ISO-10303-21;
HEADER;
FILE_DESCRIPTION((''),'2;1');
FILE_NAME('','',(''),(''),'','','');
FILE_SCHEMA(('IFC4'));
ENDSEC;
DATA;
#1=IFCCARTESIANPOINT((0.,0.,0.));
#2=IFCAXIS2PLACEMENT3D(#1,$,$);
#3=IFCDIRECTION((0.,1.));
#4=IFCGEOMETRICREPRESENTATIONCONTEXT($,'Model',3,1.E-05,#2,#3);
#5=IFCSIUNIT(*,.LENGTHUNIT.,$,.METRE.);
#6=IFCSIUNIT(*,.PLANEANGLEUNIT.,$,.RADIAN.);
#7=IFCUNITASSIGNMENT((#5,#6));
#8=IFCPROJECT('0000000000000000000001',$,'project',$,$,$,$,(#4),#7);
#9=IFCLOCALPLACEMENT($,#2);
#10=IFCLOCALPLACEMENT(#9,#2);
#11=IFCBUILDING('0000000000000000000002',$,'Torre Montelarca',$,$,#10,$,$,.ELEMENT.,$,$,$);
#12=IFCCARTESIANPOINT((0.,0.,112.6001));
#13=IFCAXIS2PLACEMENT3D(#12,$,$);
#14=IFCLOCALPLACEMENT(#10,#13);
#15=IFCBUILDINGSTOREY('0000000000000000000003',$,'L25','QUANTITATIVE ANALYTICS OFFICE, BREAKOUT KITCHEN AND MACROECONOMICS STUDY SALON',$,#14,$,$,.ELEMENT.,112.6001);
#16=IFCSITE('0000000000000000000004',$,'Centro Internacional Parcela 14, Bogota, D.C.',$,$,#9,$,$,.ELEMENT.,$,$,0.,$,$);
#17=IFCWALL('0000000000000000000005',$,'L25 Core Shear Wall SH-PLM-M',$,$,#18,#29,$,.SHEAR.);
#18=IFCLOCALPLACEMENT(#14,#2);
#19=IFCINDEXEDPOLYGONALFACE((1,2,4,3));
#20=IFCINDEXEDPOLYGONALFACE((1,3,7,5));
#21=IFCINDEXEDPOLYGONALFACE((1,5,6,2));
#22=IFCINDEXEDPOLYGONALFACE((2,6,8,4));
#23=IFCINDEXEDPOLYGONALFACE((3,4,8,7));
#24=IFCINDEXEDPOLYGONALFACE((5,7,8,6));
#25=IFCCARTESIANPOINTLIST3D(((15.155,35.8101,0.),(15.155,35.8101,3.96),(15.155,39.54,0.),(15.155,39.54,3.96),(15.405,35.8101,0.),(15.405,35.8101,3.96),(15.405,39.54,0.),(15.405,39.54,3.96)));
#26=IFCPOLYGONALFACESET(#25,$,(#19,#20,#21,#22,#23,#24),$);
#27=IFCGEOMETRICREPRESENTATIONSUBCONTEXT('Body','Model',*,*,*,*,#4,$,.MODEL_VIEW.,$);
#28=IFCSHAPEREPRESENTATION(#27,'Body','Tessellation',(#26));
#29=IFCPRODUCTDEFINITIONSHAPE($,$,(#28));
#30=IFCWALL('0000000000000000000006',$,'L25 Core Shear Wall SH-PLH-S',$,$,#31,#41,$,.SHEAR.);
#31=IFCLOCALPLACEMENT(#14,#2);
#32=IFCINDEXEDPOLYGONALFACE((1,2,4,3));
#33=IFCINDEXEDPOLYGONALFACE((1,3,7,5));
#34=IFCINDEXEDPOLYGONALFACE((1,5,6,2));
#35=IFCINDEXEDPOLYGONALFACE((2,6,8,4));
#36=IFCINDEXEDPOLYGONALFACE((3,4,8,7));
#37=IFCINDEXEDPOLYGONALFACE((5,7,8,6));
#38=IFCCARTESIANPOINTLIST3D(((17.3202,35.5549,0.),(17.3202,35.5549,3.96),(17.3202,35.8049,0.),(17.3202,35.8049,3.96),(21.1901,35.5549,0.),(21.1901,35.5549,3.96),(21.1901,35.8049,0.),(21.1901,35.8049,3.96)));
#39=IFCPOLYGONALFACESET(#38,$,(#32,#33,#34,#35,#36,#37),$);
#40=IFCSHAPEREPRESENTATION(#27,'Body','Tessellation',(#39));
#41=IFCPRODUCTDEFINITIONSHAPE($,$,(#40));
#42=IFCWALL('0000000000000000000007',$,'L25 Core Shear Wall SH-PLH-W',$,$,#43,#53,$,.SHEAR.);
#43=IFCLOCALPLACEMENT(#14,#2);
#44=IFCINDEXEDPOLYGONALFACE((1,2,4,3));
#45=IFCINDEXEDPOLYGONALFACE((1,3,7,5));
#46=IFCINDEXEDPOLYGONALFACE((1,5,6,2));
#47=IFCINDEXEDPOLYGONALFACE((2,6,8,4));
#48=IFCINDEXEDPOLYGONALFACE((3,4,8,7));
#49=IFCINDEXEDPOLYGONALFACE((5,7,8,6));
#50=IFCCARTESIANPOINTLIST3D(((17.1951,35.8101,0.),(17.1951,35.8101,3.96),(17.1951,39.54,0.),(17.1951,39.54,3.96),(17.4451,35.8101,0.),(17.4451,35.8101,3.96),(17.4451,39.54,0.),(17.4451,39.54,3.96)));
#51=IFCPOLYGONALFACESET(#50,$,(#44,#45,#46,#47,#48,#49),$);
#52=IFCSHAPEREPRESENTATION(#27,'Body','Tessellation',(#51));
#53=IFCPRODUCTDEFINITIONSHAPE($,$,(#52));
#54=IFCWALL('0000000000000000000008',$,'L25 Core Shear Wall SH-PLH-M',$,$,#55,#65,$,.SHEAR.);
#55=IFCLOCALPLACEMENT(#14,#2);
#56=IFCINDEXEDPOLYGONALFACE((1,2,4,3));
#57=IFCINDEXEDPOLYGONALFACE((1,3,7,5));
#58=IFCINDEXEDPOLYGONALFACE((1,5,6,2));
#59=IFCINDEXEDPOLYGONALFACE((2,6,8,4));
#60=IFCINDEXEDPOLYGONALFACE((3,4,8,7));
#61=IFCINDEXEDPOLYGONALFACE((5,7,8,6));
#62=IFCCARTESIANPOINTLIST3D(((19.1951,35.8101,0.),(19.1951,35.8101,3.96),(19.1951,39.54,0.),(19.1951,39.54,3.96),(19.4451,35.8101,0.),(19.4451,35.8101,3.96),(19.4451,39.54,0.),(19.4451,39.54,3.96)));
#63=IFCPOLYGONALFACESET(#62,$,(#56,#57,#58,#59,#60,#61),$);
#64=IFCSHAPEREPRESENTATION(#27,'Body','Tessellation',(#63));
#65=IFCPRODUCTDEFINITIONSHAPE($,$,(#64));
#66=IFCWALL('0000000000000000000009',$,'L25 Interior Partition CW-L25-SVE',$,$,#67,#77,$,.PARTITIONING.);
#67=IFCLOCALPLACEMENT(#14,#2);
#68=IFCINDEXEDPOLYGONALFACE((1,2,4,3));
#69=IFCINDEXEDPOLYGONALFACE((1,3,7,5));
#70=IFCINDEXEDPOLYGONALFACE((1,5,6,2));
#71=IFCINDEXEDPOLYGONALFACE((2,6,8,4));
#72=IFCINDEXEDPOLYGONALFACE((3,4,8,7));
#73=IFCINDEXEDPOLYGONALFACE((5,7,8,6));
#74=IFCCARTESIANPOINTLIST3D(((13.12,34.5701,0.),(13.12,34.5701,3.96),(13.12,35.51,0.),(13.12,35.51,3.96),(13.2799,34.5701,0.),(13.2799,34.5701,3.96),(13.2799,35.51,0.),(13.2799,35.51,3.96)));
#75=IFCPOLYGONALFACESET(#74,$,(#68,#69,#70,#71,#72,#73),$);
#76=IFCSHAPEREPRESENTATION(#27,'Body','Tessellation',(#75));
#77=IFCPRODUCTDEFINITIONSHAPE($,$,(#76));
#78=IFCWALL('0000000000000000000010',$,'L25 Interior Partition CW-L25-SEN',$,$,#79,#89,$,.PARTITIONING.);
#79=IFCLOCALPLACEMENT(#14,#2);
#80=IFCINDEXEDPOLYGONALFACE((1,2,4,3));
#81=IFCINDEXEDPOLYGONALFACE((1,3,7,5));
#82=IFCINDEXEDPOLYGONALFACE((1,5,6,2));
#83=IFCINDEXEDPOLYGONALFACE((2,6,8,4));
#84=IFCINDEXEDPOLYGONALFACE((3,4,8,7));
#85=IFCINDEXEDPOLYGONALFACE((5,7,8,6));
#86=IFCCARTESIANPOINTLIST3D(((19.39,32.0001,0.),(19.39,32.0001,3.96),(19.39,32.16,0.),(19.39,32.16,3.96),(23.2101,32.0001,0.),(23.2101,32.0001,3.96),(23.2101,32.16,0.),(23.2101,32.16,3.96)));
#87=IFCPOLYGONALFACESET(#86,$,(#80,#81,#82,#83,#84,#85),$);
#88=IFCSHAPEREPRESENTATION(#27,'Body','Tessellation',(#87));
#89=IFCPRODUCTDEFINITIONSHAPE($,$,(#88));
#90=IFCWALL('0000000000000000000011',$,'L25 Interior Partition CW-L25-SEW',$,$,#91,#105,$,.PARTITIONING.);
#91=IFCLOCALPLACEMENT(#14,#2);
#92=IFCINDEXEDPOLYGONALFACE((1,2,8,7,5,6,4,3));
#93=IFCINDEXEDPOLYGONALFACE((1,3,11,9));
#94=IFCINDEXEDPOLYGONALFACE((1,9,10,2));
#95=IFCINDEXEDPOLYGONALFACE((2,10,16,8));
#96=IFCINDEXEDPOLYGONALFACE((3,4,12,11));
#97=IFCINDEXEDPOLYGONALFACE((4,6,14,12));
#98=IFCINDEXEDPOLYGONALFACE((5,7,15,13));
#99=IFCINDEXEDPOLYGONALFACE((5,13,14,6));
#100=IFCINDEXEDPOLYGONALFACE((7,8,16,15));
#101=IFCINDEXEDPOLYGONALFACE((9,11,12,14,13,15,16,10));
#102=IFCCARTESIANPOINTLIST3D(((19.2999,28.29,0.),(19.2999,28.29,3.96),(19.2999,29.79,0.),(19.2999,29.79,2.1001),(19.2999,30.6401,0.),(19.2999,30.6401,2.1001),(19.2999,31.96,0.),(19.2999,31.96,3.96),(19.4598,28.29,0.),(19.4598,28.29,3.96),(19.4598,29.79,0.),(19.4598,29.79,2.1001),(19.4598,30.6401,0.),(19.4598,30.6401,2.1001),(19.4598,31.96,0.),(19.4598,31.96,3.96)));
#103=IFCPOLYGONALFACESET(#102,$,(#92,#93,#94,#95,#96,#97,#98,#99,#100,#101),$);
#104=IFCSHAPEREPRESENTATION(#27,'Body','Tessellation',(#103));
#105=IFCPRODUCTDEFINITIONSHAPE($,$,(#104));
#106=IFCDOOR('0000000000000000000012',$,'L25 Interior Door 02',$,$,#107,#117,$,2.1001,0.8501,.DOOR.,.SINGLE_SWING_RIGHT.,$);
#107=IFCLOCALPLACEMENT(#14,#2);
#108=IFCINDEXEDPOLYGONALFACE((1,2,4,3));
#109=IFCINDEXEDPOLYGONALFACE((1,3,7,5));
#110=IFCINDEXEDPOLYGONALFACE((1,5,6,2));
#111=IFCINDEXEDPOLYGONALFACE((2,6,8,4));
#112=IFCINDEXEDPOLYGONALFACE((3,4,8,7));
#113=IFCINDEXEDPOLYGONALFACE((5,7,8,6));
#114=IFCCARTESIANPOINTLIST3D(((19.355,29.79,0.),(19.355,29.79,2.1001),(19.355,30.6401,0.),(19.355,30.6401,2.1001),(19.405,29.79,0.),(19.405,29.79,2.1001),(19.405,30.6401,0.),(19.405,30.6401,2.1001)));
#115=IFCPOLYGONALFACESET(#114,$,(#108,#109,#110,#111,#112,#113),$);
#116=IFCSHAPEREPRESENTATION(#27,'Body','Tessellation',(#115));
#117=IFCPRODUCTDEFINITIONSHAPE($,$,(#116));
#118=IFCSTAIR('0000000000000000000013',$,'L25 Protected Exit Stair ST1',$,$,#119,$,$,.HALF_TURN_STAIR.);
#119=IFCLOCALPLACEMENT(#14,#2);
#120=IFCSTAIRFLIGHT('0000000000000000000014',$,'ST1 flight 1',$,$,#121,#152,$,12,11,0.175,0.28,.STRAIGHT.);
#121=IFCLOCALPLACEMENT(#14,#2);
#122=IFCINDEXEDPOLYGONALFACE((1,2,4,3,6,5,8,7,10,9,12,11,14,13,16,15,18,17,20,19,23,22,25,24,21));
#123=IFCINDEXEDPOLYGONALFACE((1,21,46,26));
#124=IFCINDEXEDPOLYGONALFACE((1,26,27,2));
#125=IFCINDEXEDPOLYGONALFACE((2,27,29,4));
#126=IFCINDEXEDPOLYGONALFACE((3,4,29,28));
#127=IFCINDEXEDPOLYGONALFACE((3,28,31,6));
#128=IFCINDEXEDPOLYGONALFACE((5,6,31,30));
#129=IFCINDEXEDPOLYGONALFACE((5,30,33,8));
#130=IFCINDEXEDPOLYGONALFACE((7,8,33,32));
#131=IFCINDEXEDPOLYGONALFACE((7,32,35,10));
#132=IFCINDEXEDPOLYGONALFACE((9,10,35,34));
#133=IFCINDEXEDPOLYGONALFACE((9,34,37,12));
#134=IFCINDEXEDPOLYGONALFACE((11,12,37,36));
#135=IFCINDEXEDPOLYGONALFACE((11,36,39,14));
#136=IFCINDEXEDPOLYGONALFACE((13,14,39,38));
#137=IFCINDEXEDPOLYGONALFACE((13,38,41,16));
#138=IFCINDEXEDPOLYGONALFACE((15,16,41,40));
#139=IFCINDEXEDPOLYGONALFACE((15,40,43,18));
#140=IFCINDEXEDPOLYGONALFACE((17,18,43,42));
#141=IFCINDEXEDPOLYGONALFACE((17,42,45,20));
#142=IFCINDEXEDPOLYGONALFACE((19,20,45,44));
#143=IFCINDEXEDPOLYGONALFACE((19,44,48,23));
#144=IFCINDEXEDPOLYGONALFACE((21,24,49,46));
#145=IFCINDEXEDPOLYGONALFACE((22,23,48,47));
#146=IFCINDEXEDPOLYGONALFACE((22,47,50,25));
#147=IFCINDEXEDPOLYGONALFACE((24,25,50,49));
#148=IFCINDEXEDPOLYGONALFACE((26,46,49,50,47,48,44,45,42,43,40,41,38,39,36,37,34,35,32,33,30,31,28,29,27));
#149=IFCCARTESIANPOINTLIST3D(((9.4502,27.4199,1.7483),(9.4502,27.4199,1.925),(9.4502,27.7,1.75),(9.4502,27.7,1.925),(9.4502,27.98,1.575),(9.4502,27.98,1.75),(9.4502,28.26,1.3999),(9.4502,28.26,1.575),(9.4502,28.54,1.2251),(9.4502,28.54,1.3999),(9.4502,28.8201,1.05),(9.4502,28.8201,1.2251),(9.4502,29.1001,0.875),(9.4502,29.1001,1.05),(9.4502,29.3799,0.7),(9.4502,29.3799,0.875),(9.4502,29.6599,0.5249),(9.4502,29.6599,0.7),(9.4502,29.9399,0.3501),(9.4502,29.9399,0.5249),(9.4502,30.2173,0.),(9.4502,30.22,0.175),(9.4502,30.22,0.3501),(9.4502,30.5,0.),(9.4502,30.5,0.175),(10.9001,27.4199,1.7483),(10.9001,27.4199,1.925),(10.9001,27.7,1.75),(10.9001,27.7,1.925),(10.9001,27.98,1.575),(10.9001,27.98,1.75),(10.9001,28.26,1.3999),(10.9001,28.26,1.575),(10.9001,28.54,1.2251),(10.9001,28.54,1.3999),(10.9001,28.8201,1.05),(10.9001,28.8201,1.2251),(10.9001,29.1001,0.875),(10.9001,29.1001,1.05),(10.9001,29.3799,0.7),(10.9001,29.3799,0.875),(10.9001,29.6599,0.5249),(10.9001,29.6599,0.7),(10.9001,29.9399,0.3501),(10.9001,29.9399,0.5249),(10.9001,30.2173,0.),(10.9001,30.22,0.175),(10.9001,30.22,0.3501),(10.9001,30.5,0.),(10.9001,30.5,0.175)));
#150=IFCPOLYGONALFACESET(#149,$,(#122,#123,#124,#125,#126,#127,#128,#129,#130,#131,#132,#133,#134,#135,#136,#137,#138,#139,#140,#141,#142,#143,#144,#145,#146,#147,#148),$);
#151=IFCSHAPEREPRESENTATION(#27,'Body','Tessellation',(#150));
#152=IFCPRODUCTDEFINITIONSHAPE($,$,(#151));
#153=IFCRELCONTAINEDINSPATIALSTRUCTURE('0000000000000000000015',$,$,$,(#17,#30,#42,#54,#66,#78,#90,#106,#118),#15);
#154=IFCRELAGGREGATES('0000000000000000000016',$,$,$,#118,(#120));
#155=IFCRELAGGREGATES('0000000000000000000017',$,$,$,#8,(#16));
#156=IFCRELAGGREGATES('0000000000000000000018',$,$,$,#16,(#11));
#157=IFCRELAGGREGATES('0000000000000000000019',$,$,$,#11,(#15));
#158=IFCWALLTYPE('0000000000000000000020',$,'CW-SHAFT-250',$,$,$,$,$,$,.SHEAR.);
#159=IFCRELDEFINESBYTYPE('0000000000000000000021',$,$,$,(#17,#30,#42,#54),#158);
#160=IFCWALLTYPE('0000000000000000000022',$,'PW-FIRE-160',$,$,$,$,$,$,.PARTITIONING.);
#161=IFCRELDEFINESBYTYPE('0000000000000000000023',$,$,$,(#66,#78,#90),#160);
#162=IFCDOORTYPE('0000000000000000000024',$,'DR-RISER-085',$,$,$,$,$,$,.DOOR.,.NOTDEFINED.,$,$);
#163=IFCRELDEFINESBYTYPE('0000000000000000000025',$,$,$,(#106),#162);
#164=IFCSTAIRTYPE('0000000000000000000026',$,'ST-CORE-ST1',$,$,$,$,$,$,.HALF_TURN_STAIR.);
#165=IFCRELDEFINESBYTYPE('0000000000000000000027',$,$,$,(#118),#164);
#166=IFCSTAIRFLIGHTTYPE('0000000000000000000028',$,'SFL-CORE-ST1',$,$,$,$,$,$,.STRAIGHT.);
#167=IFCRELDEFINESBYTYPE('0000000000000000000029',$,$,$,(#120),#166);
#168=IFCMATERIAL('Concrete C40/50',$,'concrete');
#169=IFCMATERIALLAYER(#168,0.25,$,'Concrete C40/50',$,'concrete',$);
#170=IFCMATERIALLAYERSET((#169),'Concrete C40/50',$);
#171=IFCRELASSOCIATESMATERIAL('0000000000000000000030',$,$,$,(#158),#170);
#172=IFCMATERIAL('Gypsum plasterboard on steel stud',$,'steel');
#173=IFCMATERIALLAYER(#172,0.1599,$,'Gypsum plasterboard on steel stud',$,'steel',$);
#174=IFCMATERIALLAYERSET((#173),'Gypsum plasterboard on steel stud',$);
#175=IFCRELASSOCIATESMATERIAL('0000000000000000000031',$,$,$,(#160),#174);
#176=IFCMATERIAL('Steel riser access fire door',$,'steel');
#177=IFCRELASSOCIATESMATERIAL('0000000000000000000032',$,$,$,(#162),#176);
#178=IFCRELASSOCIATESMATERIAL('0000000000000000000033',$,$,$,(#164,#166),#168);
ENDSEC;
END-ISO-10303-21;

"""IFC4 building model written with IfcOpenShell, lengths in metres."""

from ifc_helpers import new_model, si_unit, direction, frame, frame_2d, origin, place, context, subcontext, project, spatial, polyline, rectangle, outline, extrude, source, transform, mapped, material, layer, layer_set, type_object, element, fill, aggregate, save


model = new_model("IFC4")

# Units and contexts
model_context = context("Model", 3, precision=1e-05, world=origin(), true_north=direction((0.0, 1.0)))
body_context = subcontext(model_context, "Body", "Model", "MODEL_VIEW")
ifc_project = project(units=[si_unit("LENGTHUNIT", "METRE"), si_unit("PLANEANGLEUNIT", "RADIAN")], contexts=[model_context])

# Site, building, storey
site_placement = place(None, origin())
site = spatial("IfcSite", under=ifc_project, at=site_placement, Name="Centro Internacional Parcela 14, Bogota, D.C.", CompositionType="ELEMENT", RefElevation=0.0)
building_placement = place(site_placement, origin())
building = spatial("IfcBuilding", under=site, at=building_placement, Name="Torre Montelarca", CompositionType="ELEMENT")
storey_placement = place(building_placement, frame((0.0, 0.0, 112.6001)))
storey = spatial("IfcBuildingStorey", under=building, at=storey_placement, Name="L25", Description="QUANTITATIVE ANALYTICS OFFICE, BREAKOUT KITCHEN AND MACROECONOMICS STUDY SALON", CompositionType="ELEMENT", Elevation=112.6001)

# Shared definitions
ifc_material_1 = material(Name="Concrete C40/50", Category="concrete")
ifc_layer_1 = layer(ifc_material_1, 0.25, Name="Concrete C40/50", Category="concrete")
ifc_layer_set_1 = layer_set([ifc_layer_1], Name="Concrete C40/50")
wall_type_1 = type_object("IfcWallType", Name="CW-SHAFT-250", PredefinedType="SHEAR", material=ifc_layer_set_1)

# Walls
for number, where, z_axis, x_axis, name in (
    (1, (15.28, 35.8101, 0.0), (0.0, 0.0, 1.0), (0.0, 1.0, 0.0), "L25 Core Shear Wall SH-PLM-M"),
):
    element("IfcWall", number, at=place(storey_placement, frame(where, z_axis=z_axis, x_axis=x_axis)), inside=storey, type_object=wall_type_1, Name=name, PredefinedType="SHEAR", context=body_context, shape_type="SweptSolid", body=[
        extrude(rectangle(XDim=3.73, YDim=0.25, at=frame_2d((1.865, 0.0))), origin(), (0.0, 0.0, 1.0), 3.96),
    ])
wall_1_placement = place(storey_placement, frame((17.3201, 35.6799, 0.0), z_axis=(0.0, 0.0, 1.0), x_axis=(1.0, 0.0, 0.0)))
element("IfcWall", 2, at=wall_1_placement, inside=storey, type_object=wall_type_1, Name="L25 Core Shear Wall SH-PLH-S", PredefinedType="SHEAR", context=body_context, shape_type="SweptSolid", body=[
    extrude(rectangle(XDim=3.8699, YDim=0.25, at=frame_2d((1.9351, 0.0))), origin(), (0.0, 0.0, 1.0), 3.96),
])
for number, where, z_axis, x_axis, name in (
    (3, (17.3201, 35.8101, 0.0), (0.0, 0.0, 1.0), (0.0, 1.0, 0.0), "L25 Core Shear Wall SH-PLH-W"),
    (4, (19.3201, 35.8101, 0.0), (0.0, 0.0, 1.0), (0.0, 1.0, 0.0), "L25 Core Shear Wall SH-PLH-M"),
):
    element("IfcWall", number, at=place(storey_placement, frame(where, z_axis=z_axis, x_axis=x_axis)), inside=storey, type_object=wall_type_1, Name=name, PredefinedType="SHEAR", context=body_context, shape_type="SweptSolid", body=[
        extrude(rectangle(XDim=3.73, YDim=0.25, at=frame_2d((1.865, 0.0))), origin(), (0.0, 0.0, 1.0), 3.96),
    ])

# Shared definitions
ifc_material_2 = material(Name="Gypsum plasterboard on steel stud", Category="steel")
ifc_layer_2 = layer(ifc_material_2, 0.1599, Name="Gypsum plasterboard on steel stud", Category="steel")
ifc_layer_set_2 = layer_set([ifc_layer_2], Name="Gypsum plasterboard on steel stud")
wall_type_2 = type_object("IfcWallType", Name="PW-FIRE-160", PredefinedType="PARTITIONING", material=ifc_layer_set_2)

# Walls
wall_2_placement = place(storey_placement, frame((13.2, 34.5701, 0.0), z_axis=(0.0, 0.0, 1.0), x_axis=(0.0, 1.0, 0.0)))
element("IfcWall", 5, at=wall_2_placement, inside=storey, type_object=wall_type_2, Name="L25 Interior Partition CW-L25-SVE", PredefinedType="PARTITIONING", context=body_context, shape_type="SweptSolid", body=[
    extrude(rectangle(XDim=0.9399, YDim=0.1599, at=frame_2d((0.47, 0.0))), origin(), (0.0, 0.0, 1.0), 3.96),
])
wall_3_placement = place(storey_placement, frame((19.3899, 32.0801, 0.0), z_axis=(0.0, 0.0, 1.0), x_axis=(1.0, 0.0, 0.0)))
element("IfcWall", 6, at=wall_3_placement, inside=storey, type_object=wall_type_2, Name="L25 Interior Partition CW-L25-SEN", PredefinedType="PARTITIONING", context=body_context, shape_type="SweptSolid", body=[
    extrude(rectangle(XDim=3.8201, YDim=0.1599, at=frame_2d((1.9102, 0.0))), origin(), (0.0, 0.0, 1.0), 3.96),
])

# Wall, opening, door
wall_4_placement = place(storey_placement, frame((19.3799, 28.29, 0.0), z_axis=(0.0, 0.0, 1.0), x_axis=(0.0, 1.0, 0.0)))
wall_4 = element("IfcWall", 7, at=wall_4_placement, inside=storey, type_object=wall_type_2, Name="L25 Interior Partition CW-L25-SEW", PredefinedType="PARTITIONING", context=body_context, shape_type="SweptSolid", body=[
    extrude(rectangle(XDim=3.6699, YDim=0.1599, at=frame_2d((1.835, 0.0))), origin(), (0.0, 0.0, 1.0), 3.96),
])
opening_1_placement = place(wall_4_placement, frame((1.5, 0.0, 0.0)))
opening_1 = element("IfcOpeningElement", 8, at=opening_1_placement, cuts=wall_4, PredefinedType="OPENING", context=body_context, shape_type="SweptSolid", body=[
    extrude(rectangle(XDim=0.8501, YDim=2.1001, at=frame_2d((0.425, 1.05))), frame((0.0, 0.0898, 0.0), z_axis=(0.0, -1.0, 0.0), x_axis=(1.0, 0.0, 0.0)), (0.0, 0.0, 1.0), 0.1799),
])
ifc_material_3 = material(Name="Steel riser access fire door", Category="steel")
door_type_1 = type_object("IfcDoorType", Name="DR-RISER-085", OperationType="NOTDEFINED", PredefinedType="DOOR", material=ifc_material_3)
shared_shape_1 = source(origin(), body_context, "Body", "SweptSolid", [
    extrude(rectangle(XDim=0.8501, YDim=2.1001, at=frame_2d((0.425, 1.05))), frame((0.0, 0.0249, 0.0), z_axis=(0.0, -1.0, 0.0), x_axis=(1.0, 0.0, 0.0)), (0.0, 0.0, 1.0), 0.05),
])
door_1_placement = place(opening_1_placement, origin())
door_1 = element("IfcDoor", 9, at=door_1_placement, inside=storey, type_object=door_type_1, Name="L25 Interior Door 02", OperationType="SINGLE_SWING_RIGHT", OverallHeight=2.1001, OverallWidth=0.8501, PredefinedType="DOOR", context=body_context, shape_type="MappedRepresentation", body=[
    mapped(shared_shape_1, transform((0.0, 0.0, 0.0), scale=1.0)),
])
fill(opening_1, door_1)

# Stair, stair flight
stair_type = type_object("IfcStairType", Name="ST-CORE-ST1", PredefinedType="HALF_TURN_STAIR", material=ifc_material_1)
stair_placement = place(storey_placement, origin())
stair = element("IfcStair", 10, at=stair_placement, inside=storey, type_object=stair_type, Name="L25 Protected Exit Stair ST1", PredefinedType="HALF_TURN_STAIR")
stair_flight_type = type_object("IfcStairFlightType", Name="SFL-CORE-ST1", PredefinedType="STRAIGHT", material=ifc_material_1)
stair_flight_placement = place(storey_placement, frame((10.175, 30.5, 0.0), z_axis=(0.0, 0.0, 1.0), x_axis=(0.0, -1.0, 0.0)))
stair_flight = element("IfcStairFlight", 11, at=stair_flight_placement, type_object=stair_flight_type, Name="ST1 flight 1", NumberOfRisers=12, NumberOfTreads=11, PredefinedType="STRAIGHT", RiserHeight=0.175, TreadLength=0.28, context=body_context, shape_type="SweptSolid", body=[
    extrude(outline(polyline([(0.0, 0.0), (0.0, 0.175), (0.28, 0.175), (0.28, 0.3501), (0.5601, 0.3501), (0.5601, 0.5249), (0.8401, 0.5249), (0.8401, 0.7), (1.1201, 0.7), (1.1201, 0.875), (1.3999, 0.875), (1.3999, 1.05), (1.6799, 1.05), (1.6799, 1.2251), (1.96, 1.2251), (1.96, 1.3999), (2.24, 1.3999), (2.24, 1.575), (2.52, 1.575), (2.52, 1.75), (2.8, 1.75), (2.8, 1.925), (3.0801, 1.925), (3.0801, 2.1001), (3.0801, 1.7483), (0.2827, 0.0), (0.0, 0.0)])), frame((0.0, 0.7251, 0.0), z_axis=(0.0, -1.0, 0.0), x_axis=(1.0, 0.0, 0.0)), (0.0, 0.0, 1.0), 1.45),
])
aggregate(stair, [stair_flight])

save(model, "model.ifc")
